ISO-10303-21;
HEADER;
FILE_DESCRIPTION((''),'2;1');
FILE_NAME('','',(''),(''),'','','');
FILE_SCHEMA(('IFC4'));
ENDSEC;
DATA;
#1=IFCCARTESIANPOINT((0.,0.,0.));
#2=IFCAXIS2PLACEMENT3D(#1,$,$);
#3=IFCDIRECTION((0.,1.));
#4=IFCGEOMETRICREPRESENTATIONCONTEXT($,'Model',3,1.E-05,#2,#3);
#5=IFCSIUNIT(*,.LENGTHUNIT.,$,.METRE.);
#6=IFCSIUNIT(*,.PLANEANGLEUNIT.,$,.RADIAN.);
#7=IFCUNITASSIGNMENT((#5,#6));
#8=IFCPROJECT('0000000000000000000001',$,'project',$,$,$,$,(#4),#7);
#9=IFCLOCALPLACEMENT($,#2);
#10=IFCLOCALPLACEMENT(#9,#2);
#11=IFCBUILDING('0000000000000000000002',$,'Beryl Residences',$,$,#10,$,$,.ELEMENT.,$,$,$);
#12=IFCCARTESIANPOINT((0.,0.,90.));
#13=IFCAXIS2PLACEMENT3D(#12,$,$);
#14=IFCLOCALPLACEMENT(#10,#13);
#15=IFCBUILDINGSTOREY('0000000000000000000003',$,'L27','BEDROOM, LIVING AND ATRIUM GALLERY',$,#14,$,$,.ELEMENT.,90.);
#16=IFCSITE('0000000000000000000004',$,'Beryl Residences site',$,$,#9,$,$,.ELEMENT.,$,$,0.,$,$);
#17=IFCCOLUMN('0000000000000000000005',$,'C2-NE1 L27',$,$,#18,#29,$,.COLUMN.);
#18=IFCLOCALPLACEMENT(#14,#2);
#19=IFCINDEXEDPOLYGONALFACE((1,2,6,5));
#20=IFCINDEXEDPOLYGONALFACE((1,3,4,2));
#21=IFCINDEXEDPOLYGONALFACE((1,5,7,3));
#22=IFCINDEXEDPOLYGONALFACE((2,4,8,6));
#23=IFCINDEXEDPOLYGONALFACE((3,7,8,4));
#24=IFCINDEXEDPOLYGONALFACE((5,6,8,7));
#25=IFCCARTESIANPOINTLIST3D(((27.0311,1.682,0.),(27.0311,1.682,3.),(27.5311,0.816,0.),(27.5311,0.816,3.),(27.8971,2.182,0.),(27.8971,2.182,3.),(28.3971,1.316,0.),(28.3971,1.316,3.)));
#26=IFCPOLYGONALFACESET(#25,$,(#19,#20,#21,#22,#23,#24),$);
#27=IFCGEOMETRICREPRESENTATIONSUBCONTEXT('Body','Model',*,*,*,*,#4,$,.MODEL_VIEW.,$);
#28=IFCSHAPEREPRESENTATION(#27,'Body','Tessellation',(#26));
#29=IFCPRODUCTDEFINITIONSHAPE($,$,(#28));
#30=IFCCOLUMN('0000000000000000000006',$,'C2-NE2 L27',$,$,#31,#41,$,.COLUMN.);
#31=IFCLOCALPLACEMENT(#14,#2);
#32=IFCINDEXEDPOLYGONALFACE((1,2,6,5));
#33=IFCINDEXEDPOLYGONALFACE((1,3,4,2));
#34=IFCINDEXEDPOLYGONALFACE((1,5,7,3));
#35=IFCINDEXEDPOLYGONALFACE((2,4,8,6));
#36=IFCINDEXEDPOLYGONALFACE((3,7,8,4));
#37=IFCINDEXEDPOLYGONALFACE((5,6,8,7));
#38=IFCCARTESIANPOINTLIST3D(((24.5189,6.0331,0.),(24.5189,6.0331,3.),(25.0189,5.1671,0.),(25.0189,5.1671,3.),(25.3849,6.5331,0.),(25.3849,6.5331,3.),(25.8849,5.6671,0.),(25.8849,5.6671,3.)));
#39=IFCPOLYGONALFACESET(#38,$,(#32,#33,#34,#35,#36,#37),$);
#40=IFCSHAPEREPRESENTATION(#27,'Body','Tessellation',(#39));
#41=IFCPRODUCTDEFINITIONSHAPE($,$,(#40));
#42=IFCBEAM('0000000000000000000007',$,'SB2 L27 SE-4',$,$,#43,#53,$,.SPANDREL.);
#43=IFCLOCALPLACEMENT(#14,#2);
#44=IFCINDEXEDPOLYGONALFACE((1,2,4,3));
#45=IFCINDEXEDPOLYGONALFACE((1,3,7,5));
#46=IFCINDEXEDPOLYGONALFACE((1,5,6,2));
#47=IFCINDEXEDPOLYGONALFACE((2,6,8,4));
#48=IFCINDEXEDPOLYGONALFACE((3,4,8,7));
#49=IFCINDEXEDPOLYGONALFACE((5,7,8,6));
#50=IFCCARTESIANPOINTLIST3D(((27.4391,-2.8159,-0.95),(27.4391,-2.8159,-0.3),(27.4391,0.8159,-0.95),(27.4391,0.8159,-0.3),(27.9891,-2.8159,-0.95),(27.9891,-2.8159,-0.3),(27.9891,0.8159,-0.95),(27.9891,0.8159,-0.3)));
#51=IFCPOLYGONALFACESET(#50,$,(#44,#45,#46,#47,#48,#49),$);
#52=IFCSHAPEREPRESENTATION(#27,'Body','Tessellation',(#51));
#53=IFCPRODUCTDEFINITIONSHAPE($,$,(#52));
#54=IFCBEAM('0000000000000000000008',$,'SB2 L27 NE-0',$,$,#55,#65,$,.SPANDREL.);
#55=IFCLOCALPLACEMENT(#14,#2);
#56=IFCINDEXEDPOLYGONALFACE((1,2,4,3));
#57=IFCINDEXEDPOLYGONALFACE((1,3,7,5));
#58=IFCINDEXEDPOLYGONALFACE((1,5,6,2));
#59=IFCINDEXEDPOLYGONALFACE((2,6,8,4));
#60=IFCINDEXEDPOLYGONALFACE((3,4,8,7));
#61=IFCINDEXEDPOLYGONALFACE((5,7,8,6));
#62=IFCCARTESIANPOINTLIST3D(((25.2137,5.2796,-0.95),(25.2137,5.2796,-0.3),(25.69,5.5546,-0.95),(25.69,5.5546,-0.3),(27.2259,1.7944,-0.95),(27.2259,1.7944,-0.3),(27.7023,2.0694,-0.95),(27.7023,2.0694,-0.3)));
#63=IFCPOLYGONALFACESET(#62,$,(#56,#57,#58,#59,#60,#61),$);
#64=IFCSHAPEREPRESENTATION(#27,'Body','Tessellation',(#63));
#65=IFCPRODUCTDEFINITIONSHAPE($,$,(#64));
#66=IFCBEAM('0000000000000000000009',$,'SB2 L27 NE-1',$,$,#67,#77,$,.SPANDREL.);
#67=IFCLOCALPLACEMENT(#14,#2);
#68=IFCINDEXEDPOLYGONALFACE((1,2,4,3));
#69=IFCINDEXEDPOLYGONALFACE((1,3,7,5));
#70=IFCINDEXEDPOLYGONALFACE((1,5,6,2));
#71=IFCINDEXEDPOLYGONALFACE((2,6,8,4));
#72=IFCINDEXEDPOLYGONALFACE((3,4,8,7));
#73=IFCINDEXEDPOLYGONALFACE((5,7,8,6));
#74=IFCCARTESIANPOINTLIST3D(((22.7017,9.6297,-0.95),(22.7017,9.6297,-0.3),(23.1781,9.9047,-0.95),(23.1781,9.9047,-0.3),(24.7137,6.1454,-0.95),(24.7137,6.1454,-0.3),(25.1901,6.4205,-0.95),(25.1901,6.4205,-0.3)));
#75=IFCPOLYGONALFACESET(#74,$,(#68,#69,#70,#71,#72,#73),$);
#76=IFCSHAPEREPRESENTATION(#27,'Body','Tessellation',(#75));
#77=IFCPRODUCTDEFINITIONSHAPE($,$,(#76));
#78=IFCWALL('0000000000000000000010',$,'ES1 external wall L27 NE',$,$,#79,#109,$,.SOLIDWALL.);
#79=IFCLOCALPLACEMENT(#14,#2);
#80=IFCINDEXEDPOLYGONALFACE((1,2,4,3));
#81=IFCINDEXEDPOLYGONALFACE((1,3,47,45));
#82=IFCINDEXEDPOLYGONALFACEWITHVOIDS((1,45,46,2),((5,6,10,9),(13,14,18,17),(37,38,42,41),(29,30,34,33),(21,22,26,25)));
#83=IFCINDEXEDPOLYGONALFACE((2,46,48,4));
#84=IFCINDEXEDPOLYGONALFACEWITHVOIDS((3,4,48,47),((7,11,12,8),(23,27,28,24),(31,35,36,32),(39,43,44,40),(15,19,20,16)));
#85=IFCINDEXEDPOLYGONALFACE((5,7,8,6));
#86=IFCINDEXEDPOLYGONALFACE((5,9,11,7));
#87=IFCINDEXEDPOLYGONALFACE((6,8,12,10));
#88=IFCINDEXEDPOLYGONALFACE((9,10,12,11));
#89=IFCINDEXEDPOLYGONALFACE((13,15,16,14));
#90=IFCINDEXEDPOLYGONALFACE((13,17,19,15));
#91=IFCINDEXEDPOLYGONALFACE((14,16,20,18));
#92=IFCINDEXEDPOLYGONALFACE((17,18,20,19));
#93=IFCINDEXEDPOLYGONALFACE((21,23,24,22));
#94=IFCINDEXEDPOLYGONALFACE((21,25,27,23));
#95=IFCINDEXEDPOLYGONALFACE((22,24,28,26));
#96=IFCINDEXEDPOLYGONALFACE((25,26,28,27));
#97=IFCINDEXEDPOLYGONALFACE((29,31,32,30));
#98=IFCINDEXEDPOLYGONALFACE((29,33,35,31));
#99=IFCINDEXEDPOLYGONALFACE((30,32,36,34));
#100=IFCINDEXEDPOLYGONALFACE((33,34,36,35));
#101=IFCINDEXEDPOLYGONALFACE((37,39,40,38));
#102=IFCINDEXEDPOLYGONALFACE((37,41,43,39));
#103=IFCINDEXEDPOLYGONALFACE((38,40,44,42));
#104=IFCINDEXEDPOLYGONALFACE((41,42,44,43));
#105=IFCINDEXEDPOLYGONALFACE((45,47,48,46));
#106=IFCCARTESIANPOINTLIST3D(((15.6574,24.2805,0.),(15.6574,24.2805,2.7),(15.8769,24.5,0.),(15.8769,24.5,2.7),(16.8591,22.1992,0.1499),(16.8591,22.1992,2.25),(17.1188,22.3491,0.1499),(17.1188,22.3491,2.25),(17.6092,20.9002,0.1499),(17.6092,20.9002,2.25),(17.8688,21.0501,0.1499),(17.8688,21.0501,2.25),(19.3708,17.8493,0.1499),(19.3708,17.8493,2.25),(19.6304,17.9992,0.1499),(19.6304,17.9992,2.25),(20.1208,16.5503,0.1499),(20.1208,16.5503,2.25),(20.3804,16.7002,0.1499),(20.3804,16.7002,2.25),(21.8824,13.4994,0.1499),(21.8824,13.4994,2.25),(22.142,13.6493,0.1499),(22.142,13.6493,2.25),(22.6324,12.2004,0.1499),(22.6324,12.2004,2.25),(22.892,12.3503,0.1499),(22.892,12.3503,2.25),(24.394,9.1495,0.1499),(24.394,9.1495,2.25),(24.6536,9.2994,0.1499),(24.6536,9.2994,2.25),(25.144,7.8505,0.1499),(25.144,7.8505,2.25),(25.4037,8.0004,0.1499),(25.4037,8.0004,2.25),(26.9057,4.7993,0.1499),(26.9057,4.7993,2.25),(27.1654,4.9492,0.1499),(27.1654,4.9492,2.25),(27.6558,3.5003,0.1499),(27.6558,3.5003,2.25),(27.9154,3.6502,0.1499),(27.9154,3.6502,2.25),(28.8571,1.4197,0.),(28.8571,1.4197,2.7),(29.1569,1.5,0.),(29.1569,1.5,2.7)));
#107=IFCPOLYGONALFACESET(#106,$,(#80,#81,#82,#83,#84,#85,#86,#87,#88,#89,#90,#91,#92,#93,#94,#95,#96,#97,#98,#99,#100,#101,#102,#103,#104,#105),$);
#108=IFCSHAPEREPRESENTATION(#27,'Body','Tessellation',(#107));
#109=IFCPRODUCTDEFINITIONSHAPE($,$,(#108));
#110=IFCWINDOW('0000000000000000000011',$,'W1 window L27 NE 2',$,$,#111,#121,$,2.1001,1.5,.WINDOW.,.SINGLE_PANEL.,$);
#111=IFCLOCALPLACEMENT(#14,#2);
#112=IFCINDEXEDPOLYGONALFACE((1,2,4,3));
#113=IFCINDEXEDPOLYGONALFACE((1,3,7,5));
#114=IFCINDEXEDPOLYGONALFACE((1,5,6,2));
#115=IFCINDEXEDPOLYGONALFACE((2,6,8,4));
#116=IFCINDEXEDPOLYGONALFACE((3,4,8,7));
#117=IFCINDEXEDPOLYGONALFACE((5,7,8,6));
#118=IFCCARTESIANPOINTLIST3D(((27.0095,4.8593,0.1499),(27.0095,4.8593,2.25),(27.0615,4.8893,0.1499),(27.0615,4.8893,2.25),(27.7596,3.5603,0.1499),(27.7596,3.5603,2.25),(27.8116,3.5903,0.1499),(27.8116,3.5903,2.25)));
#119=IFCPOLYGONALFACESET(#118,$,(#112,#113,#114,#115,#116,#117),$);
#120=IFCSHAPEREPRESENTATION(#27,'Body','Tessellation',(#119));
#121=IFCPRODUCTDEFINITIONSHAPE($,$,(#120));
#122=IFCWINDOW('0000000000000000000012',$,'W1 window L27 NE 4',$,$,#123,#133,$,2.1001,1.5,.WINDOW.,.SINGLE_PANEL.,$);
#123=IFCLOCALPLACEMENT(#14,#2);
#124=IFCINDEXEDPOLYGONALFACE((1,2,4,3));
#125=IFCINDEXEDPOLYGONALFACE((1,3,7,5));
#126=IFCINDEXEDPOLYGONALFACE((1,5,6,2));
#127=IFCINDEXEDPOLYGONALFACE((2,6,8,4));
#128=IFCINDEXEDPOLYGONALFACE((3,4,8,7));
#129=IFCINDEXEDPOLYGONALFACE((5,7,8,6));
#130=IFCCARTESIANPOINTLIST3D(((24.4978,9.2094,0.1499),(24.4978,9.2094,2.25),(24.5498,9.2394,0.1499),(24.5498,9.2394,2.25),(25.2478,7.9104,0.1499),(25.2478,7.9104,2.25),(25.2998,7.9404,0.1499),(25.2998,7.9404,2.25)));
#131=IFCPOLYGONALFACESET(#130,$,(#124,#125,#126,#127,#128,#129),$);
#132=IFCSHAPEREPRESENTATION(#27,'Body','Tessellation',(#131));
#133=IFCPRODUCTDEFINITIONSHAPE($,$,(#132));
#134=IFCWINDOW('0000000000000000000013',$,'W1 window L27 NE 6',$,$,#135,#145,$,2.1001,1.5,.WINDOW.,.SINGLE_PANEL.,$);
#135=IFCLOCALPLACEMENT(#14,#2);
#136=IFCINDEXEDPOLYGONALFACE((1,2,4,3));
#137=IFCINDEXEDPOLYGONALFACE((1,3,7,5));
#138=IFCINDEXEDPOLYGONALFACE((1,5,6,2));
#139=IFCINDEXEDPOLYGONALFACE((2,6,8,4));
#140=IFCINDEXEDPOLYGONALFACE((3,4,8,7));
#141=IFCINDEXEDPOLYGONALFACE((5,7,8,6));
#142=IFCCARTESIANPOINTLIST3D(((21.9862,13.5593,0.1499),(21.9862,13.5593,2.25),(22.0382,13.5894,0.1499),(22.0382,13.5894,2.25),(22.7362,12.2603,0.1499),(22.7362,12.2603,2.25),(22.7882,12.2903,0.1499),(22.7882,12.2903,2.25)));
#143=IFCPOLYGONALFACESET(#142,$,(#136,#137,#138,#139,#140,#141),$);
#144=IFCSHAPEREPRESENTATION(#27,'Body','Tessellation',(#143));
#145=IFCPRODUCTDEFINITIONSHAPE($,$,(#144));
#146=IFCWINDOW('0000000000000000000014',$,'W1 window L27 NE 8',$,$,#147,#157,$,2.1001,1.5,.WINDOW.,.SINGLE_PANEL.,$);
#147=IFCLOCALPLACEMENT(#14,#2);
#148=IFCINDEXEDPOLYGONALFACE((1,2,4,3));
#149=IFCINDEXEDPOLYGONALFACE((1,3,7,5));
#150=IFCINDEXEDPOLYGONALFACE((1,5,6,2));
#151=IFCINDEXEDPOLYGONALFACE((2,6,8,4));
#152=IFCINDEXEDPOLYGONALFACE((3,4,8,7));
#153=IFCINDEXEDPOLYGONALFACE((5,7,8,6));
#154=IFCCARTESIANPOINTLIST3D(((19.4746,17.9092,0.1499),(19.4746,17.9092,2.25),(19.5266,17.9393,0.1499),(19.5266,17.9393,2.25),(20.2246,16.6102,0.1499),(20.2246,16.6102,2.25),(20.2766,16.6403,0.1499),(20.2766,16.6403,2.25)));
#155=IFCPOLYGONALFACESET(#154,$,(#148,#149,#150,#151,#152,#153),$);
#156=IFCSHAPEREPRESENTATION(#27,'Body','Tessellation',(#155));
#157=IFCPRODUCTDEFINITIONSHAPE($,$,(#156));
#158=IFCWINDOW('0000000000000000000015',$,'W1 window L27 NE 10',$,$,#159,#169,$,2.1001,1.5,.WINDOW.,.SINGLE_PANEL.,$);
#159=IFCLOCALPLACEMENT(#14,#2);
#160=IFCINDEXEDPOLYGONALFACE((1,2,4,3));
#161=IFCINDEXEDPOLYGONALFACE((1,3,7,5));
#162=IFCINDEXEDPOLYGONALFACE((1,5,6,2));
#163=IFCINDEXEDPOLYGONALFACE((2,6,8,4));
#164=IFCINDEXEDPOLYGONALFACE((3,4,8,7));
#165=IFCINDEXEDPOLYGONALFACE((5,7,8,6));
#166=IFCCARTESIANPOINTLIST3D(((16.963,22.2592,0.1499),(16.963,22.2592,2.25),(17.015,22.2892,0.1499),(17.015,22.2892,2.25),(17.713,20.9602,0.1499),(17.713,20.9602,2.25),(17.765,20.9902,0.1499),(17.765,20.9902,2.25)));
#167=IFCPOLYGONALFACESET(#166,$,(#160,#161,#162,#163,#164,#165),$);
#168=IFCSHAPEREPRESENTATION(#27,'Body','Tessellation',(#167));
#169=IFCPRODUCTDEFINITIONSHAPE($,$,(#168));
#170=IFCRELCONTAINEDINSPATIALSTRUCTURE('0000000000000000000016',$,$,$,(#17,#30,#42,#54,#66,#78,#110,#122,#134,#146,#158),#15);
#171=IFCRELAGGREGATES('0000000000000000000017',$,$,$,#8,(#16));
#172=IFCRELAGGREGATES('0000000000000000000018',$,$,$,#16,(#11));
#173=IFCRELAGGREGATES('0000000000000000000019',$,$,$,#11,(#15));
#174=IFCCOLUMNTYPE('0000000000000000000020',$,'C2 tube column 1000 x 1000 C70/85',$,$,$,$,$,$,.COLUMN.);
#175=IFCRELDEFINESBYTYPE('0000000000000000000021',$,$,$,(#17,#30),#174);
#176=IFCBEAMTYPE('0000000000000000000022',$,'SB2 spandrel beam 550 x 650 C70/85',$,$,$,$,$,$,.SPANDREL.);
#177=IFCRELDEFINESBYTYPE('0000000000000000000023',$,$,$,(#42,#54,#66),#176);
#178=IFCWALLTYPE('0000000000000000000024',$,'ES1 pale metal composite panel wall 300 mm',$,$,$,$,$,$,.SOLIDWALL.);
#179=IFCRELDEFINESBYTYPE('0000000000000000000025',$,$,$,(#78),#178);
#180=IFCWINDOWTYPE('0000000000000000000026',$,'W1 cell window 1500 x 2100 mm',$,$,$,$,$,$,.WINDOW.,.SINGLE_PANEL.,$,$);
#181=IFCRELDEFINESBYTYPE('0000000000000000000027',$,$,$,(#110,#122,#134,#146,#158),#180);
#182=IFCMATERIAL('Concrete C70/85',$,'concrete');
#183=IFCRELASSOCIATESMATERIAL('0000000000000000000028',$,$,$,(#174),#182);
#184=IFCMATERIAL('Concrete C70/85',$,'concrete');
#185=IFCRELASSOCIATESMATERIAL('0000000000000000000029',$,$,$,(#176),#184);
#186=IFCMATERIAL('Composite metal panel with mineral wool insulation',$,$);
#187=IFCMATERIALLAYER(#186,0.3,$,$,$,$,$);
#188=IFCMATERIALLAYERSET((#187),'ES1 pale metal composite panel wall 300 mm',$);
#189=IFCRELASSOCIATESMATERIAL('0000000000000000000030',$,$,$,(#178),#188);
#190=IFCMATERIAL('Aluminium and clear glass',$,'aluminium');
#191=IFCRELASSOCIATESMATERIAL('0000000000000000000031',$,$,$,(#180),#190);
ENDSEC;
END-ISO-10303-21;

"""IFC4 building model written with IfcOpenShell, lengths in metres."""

from ifc_helpers import new_model, si_unit, direction, frame, frame_2d, origin, origin_2d, place, context, subcontext, project, spatial, polyline, rectangle, outline, extrude, material, layer, layer_set, material_profile, profile_set, type_object, element, fill, save


model = new_model("IFC4")

# Units and contexts
model_context = context("Model", 3, precision=1e-05, world=origin(), true_north=direction((0.0, 1.0)))
body_context = subcontext(model_context, "Body", "Model", "MODEL_VIEW")
ifc_project = project(units=[si_unit("LENGTHUNIT", "METRE"), si_unit("PLANEANGLEUNIT", "RADIAN")], contexts=[model_context])

# Site, building, storey
site_placement = place(None, origin())
site = spatial("IfcSite", under=ifc_project, at=site_placement, Name="Beryl Residences site", CompositionType="ELEMENT", RefElevation=0.0)
building_placement = place(site_placement, origin())
building = spatial("IfcBuilding", under=site, at=building_placement, Name="Beryl Residences", CompositionType="ELEMENT")
storey_placement = place(building_placement, frame((0.0, 0.0, 90.0)))
storey = spatial("IfcBuildingStorey", under=building, at=storey_placement, Name="L27", Description="BEDROOM, LIVING AND ATRIUM GALLERY", CompositionType="ELEMENT", Elevation=90.0)

# Columns
ifc_material_1 = material(Name="Concrete C70/85", Category="concrete")
ifc_material_profile_1 = material_profile(ifc_material_1, rectangle(XDim=1.0, YDim=1.0, at=origin_2d()))
ifc_profile_set_1 = profile_set([ifc_material_profile_1], Name="Concrete C70/85")
column_type = type_object("IfcColumnType", Name="C2 tube column 1000 x 1000 C70/85", PredefinedType="COLUMN", material=ifc_profile_set_1)
for number, where, z_axis, x_axis, name in (
    (1, (27.7141, 1.499, 0.0), (0.0, 0.0, 1.0), (-0.5, 0.866025, 0.0), "C2-NE1 L27"),
    (2, (25.2019, 5.8501, 0.0), (0.0, 0.0, 1.0), (-0.5, 0.866025, 0.0), "C2-NE2 L27"),
):
    element("IfcColumn", number, at=place(storey_placement, frame(where, z_axis=z_axis, x_axis=x_axis)), inside=storey, type_object=column_type, Name=name, PredefinedType="COLUMN", context=body_context, shape_type="SweptSolid", body=[
        extrude(rectangle(XDim=1.0, YDim=1.0, at=origin_2d()), origin(), (0.0, 0.0, 1.0), 3.0),
    ])

# Beams
ifc_material_2 = material(Name="Concrete C70/85", Category="concrete")
ifc_material_profile_2 = material_profile(ifc_material_2, rectangle(XDim=0.55, YDim=0.6499, at=origin_2d()))
ifc_profile_set_2 = profile_set([ifc_material_profile_2], Name="Concrete C70/85")
beam_type = type_object("IfcBeamType", Name="SB2 spandrel beam 550 x 650 C70/85", PredefinedType="SPANDREL", material=ifc_profile_set_2)
beam_1_placement = place(storey_placement, frame((27.7141, -2.8159, -0.625), z_axis=(0.0, 1.0, 0.0), x_axis=(-1.0, 0.0, 0.0)))
element("IfcBeam", 3, at=beam_1_placement, inside=storey, type_object=beam_type, Name="SB2 L27 SE-4", PredefinedType="SPANDREL", context=body_context, shape_type="SweptSolid", body=[
    extrude(rectangle(XDim=0.55, YDim=0.6499, at=origin_2d()), origin(), (0.0, 0.0, 1.0), 3.6318),
])
beam_2_placement = place(storey_placement, frame((27.4641, 1.9319, -0.625), z_axis=(-0.500015, 0.866017, 0.0), x_axis=(-0.866017, -0.500015, 0.0)))
element("IfcBeam", 4, at=beam_2_placement, inside=storey, type_object=beam_type, Name="SB2 L27 NE-0", PredefinedType="SPANDREL", context=body_context, shape_type="SweptSolid", body=[
    extrude(rectangle(XDim=0.55, YDim=0.6499, at=origin_2d()), origin(), (0.0, 0.0, 1.0), 4.0244),
])
beam_3_placement = place(storey_placement, frame((24.9519, 6.283, -0.625), z_axis=(-0.500074, 0.865982, 0.0), x_axis=(-0.865982, -0.500074, 0.0)))
element("IfcBeam", 5, at=beam_3_placement, inside=storey, type_object=beam_type, Name="SB2 L27 NE-1", PredefinedType="SPANDREL", context=body_context, shape_type="SweptSolid", body=[
    extrude(rectangle(XDim=0.55, YDim=0.6499, at=origin_2d()), origin(), (0.0, 0.0, 1.0), 4.0234),
])

# Wall, openings, windows
ifc_material_3 = material(Name="Composite metal panel with mineral wool insulation")
ifc_layer = layer(ifc_material_3, 0.3)
ifc_layer_set = layer_set([ifc_layer], Name="ES1 pale metal composite panel wall 300 mm")
wall_type = type_object("IfcWallType", Name="ES1 pale metal composite panel wall 300 mm", PredefinedType="SOLIDWALL", material=ifc_layer_set)
wall_placement = place(storey_placement, frame((29.0271, 1.425, 0.0), z_axis=(0.0, 0.0, 1.0), x_axis=(-0.500027, 0.86601, 0.0)))
wall = element("IfcWall", 6, at=wall_placement, inside=storey, type_object=wall_type, Name="ES1 external wall L27 NE", PredefinedType="SOLIDWALL", context=body_context, shape_type="SweptSolid", body=[
    extrude(outline(polyline([(0.0, -0.1499), (26.5586, -0.1499), (26.4783, 0.1499), (0.0803, 0.1499), (0.0, -0.1499)])), origin(), (0.0, 0.0, 1.0), 2.7),
])
opening_1_placement = place(wall_placement, frame((2.4829, 0.0, 0.1499)))
opening_1 = element("IfcOpeningElement", 7, at=opening_1_placement, cuts=wall, PredefinedType="OPENING", context=body_context, shape_type="SweptSolid", body=[
    extrude(rectangle(XDim=1.5, YDim=2.1001, at=frame_2d((0.75, 1.05))), frame((0.0, 0.1599, 0.0), z_axis=(0.0, -1.0, 0.0), x_axis=(1.0, 0.0, 0.0)), (0.0, 0.0, 1.0), 0.3201),
])
opening_2_placement = place(wall_placement, frame((7.5061, 0.0, 0.1499)))
opening_2 = element("IfcOpeningElement", 8, at=opening_2_placement, cuts=wall, PredefinedType="OPENING", context=body_context, shape_type="SweptSolid", body=[
    extrude(rectangle(XDim=1.5, YDim=2.1001, at=frame_2d((0.75, 1.05))), frame((0.0, 0.1599, 0.0), z_axis=(0.0, -1.0, 0.0), x_axis=(1.0, 0.0, 0.0)), (0.0, 0.0, 1.0), 0.3201),
])
opening_3_placement = place(wall_placement, frame((12.5291, 0.0, 0.1499)))
opening_3 = element("IfcOpeningElement", 9, at=opening_3_placement, cuts=wall, PredefinedType="OPENING", context=body_context, shape_type="SweptSolid", body=[
    extrude(rectangle(XDim=1.5, YDim=2.1001, at=frame_2d((0.75, 1.05))), frame((0.0, 0.1599, 0.0), z_axis=(0.0, -1.0, 0.0), x_axis=(1.0, 0.0, 0.0)), (0.0, 0.0, 1.0), 0.3201),
])
opening_4_placement = place(wall_placement, frame((17.552, 0.0, 0.1499)))
opening_4 = element("IfcOpeningElement", 10, at=opening_4_placement, cuts=wall, PredefinedType="OPENING", context=body_context, shape_type="SweptSolid", body=[
    extrude(rectangle(XDim=1.5, YDim=2.1001, at=frame_2d((0.75, 1.05))), frame((0.0, 0.1599, 0.0), z_axis=(0.0, -1.0, 0.0), x_axis=(1.0, 0.0, 0.0)), (0.0, 0.0, 1.0), 0.3201),
])
opening_5_placement = place(wall_placement, frame((22.575, 0.0, 0.1499)))
opening_5 = element("IfcOpeningElement", 11, at=opening_5_placement, cuts=wall, PredefinedType="OPENING", context=body_context, shape_type="SweptSolid", body=[
    extrude(rectangle(XDim=1.5, YDim=2.1001, at=frame_2d((0.75, 1.05))), frame((0.0, 0.1599, 0.0), z_axis=(0.0, -1.0, 0.0), x_axis=(1.0, 0.0, 0.0)), (0.0, 0.0, 1.0), 0.3201),
])
ifc_material_4 = material(Name="Aluminium and clear glass", Category="aluminium")
window_type = type_object("IfcWindowType", Name="W1 cell window 1500 x 2100 mm", PartitioningType="SINGLE_PANEL", PredefinedType="WINDOW", material=ifc_material_4)
window_1_placement = place(opening_1_placement, origin())
window_1 = element("IfcWindow", 12, at=window_1_placement, inside=storey, type_object=window_type, Name="W1 window L27 NE 2", OverallHeight=2.1001, OverallWidth=1.5, PartitioningType="SINGLE_PANEL", PredefinedType="WINDOW", context=body_context, shape_type="SweptSolid", body=[
    extrude(rectangle(XDim=1.5, YDim=2.1001, at=frame_2d((0.75, 1.05))), frame((0.0, 0.03, 0.0), z_axis=(0.0, -1.0, 0.0), x_axis=(1.0, 0.0, 0.0)), (0.0, 0.0, 1.0), 0.0601),
])
fill(opening_1, window_1)
window_2_placement = place(opening_2_placement, origin())
window_2 = element("IfcWindow", 13, at=window_2_placement, inside=storey, type_object=window_type, Name="W1 window L27 NE 4", OverallHeight=2.1001, OverallWidth=1.5, PartitioningType="SINGLE_PANEL", PredefinedType="WINDOW", context=body_context, shape_type="SweptSolid", body=[
    extrude(rectangle(XDim=1.5, YDim=2.1001, at=frame_2d((0.75, 1.05))), frame((0.0, 0.03, 0.0), z_axis=(0.0, -1.0, 0.0), x_axis=(1.0, 0.0, 0.0)), (0.0, 0.0, 1.0), 0.0601),
])
fill(opening_2, window_2)
window_3_placement = place(opening_3_placement, origin())
window_3 = element("IfcWindow", 14, at=window_3_placement, inside=storey, type_object=window_type, Name="W1 window L27 NE 6", OverallHeight=2.1001, OverallWidth=1.5, PartitioningType="SINGLE_PANEL", PredefinedType="WINDOW", context=body_context, shape_type="SweptSolid", body=[
    extrude(rectangle(XDim=1.5, YDim=2.1001, at=frame_2d((0.75, 1.05))), frame((0.0, 0.03, 0.0), z_axis=(0.0, -1.0, 0.0), x_axis=(1.0, 0.0, 0.0)), (0.0, 0.0, 1.0), 0.0601),
])
fill(opening_3, window_3)
window_4_placement = place(opening_4_placement, origin())
window_4 = element("IfcWindow", 15, at=window_4_placement, inside=storey, type_object=window_type, Name="W1 window L27 NE 8", OverallHeight=2.1001, OverallWidth=1.5, PartitioningType="SINGLE_PANEL", PredefinedType="WINDOW", context=body_context, shape_type="SweptSolid", body=[
    extrude(rectangle(XDim=1.5, YDim=2.1001, at=frame_2d((0.75, 1.05))), frame((0.0, 0.03, 0.0), z_axis=(0.0, -1.0, 0.0), x_axis=(1.0, 0.0, 0.0)), (0.0, 0.0, 1.0), 0.0601),
])
fill(opening_4, window_4)
window_5_placement = place(opening_5_placement, origin())
window_5 = element("IfcWindow", 16, at=window_5_placement, inside=storey, type_object=window_type, Name="W1 window L27 NE 10", OverallHeight=2.1001, OverallWidth=1.5, PartitioningType="SINGLE_PANEL", PredefinedType="WINDOW", context=body_context, shape_type="SweptSolid", body=[
    extrude(rectangle(XDim=1.5, YDim=2.1001, at=frame_2d((0.75, 1.05))), frame((0.0, 0.03, 0.0), z_axis=(0.0, -1.0, 0.0), x_axis=(1.0, 0.0, 0.0)), (0.0, 0.0, 1.0), 0.0601),
])
fill(opening_5, window_5)

save(model, "model.ifc")
